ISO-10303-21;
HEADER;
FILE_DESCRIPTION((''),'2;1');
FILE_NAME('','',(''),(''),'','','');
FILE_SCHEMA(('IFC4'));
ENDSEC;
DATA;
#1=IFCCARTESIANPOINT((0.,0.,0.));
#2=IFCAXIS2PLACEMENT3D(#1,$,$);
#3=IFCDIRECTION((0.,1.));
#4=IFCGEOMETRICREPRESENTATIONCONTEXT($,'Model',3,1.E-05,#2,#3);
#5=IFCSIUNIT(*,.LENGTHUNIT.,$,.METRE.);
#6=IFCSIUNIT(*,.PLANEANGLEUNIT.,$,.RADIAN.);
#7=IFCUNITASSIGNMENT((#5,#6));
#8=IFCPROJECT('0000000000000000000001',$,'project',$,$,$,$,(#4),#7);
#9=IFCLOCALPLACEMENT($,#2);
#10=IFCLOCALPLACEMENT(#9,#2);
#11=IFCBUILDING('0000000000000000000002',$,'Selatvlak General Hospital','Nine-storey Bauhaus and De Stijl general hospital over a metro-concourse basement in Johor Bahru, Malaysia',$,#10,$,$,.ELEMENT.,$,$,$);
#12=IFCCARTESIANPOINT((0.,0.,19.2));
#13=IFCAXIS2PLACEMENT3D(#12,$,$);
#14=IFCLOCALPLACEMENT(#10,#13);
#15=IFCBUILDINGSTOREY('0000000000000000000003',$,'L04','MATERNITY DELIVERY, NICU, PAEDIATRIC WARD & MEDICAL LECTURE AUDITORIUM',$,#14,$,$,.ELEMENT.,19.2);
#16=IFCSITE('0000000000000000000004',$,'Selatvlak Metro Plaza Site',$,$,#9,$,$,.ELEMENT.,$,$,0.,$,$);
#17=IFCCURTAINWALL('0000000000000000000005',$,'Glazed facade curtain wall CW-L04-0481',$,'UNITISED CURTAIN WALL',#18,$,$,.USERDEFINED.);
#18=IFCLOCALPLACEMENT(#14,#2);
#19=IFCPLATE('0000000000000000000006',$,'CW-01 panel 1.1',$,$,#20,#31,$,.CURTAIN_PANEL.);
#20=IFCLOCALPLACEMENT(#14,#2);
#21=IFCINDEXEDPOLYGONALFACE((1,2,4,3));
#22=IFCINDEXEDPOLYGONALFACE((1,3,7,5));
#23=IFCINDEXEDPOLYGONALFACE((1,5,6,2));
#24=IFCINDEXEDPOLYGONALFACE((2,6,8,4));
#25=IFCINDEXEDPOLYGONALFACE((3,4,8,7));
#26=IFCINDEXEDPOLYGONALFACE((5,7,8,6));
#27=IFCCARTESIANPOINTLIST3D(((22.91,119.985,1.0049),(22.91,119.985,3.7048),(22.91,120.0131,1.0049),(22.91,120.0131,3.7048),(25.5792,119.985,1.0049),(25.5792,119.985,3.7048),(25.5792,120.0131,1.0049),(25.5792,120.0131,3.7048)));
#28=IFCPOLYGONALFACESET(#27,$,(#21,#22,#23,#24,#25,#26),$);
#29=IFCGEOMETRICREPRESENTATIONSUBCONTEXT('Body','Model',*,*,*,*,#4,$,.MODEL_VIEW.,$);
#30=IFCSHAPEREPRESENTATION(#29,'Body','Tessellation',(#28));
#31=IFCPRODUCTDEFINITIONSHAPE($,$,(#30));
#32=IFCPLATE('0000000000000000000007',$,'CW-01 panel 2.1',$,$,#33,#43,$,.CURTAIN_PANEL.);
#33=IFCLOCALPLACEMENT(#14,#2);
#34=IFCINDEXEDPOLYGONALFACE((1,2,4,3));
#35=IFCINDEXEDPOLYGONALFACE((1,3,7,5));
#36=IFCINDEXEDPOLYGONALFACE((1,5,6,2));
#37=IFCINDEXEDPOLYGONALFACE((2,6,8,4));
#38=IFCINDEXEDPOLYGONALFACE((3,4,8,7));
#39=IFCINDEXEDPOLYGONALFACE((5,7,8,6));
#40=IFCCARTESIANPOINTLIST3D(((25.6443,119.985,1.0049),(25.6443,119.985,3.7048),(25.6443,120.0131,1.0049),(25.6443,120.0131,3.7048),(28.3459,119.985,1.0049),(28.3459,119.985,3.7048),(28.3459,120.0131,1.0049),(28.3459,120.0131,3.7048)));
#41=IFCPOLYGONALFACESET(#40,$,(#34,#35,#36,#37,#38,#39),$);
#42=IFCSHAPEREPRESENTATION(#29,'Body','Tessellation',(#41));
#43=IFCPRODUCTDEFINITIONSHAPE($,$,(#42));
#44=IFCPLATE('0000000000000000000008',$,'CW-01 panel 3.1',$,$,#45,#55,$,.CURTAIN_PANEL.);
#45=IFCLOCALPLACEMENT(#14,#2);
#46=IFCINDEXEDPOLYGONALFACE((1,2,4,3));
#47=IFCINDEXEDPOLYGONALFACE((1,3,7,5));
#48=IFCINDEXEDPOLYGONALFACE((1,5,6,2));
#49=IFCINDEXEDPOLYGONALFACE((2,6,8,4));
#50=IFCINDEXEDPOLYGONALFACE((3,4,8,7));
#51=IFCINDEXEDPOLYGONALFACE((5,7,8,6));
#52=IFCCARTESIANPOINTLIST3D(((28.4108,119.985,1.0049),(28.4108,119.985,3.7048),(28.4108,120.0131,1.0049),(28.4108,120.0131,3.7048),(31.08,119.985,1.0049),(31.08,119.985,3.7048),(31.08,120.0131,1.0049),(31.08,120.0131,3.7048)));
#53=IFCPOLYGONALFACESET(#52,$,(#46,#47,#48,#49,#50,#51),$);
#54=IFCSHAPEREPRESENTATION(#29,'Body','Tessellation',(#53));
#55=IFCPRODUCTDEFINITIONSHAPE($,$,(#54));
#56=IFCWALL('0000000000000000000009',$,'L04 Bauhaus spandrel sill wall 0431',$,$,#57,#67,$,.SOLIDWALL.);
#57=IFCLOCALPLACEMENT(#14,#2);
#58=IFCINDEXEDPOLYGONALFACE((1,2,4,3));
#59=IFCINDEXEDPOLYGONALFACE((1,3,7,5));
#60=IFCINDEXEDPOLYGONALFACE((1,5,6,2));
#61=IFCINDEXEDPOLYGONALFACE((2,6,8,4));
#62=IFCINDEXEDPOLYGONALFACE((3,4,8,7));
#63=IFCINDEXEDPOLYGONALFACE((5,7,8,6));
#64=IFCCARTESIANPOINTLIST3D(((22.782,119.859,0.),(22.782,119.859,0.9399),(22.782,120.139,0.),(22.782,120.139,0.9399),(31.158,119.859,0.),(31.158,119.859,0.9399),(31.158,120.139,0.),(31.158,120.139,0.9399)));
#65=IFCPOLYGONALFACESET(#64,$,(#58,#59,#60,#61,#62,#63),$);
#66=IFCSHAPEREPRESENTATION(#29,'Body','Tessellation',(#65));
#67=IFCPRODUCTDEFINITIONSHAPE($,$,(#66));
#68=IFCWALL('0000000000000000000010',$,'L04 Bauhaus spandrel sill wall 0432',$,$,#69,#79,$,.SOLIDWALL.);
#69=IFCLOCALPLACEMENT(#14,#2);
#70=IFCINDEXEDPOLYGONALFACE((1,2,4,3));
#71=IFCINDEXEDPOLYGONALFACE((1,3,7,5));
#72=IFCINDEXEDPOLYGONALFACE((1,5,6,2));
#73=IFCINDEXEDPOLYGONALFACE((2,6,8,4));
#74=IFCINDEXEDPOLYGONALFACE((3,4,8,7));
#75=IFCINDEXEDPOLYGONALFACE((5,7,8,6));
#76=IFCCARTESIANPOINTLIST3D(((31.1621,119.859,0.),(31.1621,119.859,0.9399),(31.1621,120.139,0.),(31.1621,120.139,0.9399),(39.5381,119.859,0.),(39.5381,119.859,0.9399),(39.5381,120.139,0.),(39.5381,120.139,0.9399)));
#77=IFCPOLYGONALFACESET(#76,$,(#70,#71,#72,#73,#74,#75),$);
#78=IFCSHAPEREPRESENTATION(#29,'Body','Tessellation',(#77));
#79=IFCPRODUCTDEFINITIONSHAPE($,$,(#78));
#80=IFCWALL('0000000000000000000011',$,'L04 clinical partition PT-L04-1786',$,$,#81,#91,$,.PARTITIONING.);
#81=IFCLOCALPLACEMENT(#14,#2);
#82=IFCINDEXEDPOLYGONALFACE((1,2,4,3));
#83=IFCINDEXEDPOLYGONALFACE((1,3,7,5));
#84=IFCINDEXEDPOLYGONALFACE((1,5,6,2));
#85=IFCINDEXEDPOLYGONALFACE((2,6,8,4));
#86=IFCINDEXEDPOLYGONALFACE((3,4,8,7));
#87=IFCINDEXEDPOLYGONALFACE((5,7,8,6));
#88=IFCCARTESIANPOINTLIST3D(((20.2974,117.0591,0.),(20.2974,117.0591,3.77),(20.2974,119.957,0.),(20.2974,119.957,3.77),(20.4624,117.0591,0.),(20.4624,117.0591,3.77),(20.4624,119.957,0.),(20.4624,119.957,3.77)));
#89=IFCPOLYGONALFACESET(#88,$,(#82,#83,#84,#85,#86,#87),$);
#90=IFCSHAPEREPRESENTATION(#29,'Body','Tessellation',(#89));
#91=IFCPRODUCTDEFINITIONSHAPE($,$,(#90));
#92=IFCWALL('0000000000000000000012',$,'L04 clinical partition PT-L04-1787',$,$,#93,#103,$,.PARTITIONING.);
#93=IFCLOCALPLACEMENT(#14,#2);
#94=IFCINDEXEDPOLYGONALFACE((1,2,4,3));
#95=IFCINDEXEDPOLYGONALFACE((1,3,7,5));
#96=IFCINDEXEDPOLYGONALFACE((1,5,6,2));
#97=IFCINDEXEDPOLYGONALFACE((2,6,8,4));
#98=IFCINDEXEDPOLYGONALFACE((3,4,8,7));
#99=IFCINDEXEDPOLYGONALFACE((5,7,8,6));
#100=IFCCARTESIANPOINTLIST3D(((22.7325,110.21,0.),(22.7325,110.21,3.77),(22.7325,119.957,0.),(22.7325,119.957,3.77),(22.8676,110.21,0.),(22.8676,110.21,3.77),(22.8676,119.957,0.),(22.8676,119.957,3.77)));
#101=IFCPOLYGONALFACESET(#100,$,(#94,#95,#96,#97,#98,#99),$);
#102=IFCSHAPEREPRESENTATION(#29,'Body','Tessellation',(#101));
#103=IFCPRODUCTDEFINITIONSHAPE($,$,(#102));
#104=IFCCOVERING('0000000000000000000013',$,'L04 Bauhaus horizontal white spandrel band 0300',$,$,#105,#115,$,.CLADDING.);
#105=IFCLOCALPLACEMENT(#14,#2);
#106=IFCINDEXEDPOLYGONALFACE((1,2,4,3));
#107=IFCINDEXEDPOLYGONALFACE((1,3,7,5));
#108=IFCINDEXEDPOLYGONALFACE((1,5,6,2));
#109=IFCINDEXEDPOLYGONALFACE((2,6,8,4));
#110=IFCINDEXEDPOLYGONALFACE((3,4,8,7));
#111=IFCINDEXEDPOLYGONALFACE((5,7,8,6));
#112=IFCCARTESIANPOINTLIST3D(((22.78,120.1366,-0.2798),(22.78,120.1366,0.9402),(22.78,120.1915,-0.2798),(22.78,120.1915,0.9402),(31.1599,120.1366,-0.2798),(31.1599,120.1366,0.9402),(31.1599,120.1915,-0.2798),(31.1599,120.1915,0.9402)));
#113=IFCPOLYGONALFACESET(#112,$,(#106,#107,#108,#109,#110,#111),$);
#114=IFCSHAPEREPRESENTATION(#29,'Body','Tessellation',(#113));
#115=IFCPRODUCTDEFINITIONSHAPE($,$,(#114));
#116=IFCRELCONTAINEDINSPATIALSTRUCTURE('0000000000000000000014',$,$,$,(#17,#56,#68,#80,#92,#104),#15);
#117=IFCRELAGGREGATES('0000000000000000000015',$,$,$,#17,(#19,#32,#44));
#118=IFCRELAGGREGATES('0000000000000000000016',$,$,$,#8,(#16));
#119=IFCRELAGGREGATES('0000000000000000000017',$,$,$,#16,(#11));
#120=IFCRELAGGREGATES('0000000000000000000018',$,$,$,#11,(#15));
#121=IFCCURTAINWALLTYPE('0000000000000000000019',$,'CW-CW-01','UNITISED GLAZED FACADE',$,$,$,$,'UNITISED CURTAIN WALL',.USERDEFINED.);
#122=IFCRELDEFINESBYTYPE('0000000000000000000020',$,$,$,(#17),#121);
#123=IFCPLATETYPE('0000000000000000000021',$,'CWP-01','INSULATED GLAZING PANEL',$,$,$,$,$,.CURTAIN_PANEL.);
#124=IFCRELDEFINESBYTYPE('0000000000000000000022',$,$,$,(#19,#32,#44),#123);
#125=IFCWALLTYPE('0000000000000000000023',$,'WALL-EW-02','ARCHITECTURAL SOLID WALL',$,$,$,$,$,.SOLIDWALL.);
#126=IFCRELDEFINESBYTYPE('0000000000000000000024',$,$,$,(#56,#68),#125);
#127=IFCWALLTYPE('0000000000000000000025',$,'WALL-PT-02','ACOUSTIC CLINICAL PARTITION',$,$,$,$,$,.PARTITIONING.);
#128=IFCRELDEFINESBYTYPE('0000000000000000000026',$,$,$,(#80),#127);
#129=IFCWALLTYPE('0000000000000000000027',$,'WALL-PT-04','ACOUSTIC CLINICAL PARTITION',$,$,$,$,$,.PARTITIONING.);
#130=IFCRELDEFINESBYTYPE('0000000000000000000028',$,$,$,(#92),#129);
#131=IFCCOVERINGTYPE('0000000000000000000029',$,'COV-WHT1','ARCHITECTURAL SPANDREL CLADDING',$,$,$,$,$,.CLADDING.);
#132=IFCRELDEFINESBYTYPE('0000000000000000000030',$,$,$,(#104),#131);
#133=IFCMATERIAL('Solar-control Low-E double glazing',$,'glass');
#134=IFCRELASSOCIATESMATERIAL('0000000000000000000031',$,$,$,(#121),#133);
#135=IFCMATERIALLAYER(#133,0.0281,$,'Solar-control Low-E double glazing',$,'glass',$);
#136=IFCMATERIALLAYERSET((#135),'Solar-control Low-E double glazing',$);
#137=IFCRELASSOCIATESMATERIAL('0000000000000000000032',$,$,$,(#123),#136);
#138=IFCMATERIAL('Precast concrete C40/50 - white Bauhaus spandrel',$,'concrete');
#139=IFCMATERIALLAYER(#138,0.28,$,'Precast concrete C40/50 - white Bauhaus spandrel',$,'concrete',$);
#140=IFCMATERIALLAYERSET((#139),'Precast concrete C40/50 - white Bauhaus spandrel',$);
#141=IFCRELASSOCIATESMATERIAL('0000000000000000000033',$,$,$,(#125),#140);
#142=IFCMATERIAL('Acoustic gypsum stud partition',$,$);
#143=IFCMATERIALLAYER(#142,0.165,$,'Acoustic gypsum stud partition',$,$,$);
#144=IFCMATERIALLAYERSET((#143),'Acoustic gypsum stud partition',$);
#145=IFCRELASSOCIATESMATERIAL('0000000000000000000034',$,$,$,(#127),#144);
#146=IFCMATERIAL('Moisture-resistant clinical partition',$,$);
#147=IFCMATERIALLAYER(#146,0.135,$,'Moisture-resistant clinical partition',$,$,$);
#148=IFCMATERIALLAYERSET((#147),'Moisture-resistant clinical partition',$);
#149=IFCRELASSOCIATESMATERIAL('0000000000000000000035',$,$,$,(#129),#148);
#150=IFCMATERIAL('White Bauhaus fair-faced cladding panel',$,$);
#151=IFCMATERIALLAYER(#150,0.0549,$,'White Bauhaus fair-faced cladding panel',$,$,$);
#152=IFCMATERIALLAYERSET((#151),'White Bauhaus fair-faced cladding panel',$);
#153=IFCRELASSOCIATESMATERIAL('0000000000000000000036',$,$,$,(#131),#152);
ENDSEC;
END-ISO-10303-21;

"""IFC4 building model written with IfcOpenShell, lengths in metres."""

from ifc_helpers import new_model, si_unit, direction, frame, frame_2d, origin, origin_2d, place, context, subcontext, project, spatial, rectangle, extrude, material, layer, layer_set, type_object, element, aggregate, save


model = new_model("IFC4")

# Units and contexts
model_context = context("Model", 3, precision=1e-05, world=origin(), true_north=direction((0.0, 1.0)))
body_context = subcontext(model_context, "Body", "Model", "MODEL_VIEW")
ifc_project = project(units=[si_unit("LENGTHUNIT", "METRE"), si_unit("PLANEANGLEUNIT", "RADIAN")], contexts=[model_context])

# Site, building, storey
site_placement = place(None, origin())
site = spatial("IfcSite", under=ifc_project, at=site_placement, Name="Selatvlak Metro Plaza Site", CompositionType="ELEMENT", RefElevation=0.0)
building_placement = place(site_placement, origin())
building = spatial("IfcBuilding", under=site, at=building_placement, Name="Selatvlak General Hospital", Description="Nine-storey Bauhaus and De Stijl general hospital over a metro-concourse basement in Johor Bahru, Malaysia", CompositionType="ELEMENT")
storey_placement = place(building_placement, frame((0.0, 0.0, 19.2)))
storey = spatial("IfcBuildingStorey", under=building, at=storey_placement, Name="L04", Description="MATERNITY DELIVERY, NICU, PAEDIATRIC WARD & MEDICAL LECTURE AUDITORIUM", CompositionType="ELEMENT", Elevation=19.2)

# Shared definitions
ifc_material_1 = material(Name="Solar-control Low-E double glazing", Category="glass")

# Curtain wall
curtain_wall_type_1 = type_object("IfcCurtainWallType", Name="CW-CW-01", Description="UNITISED GLAZED FACADE", ElementType="UNITISED CURTAIN WALL", PredefinedType="USERDEFINED", material=ifc_material_1)
curtain_wall_1_placement = place(storey_placement, origin())
curtain_wall_1 = element("IfcCurtainWall", 1, at=curtain_wall_1_placement, inside=storey, type_object=curtain_wall_type_1, Name="Glazed facade curtain wall CW-L04-0481", ObjectType="UNITISED CURTAIN WALL", PredefinedType="USERDEFINED")

# Plates
ifc_layer_1 = layer(ifc_material_1, 0.0281, Name="Solar-control Low-E double glazing", Category="glass")
ifc_layer_set_1 = layer_set([ifc_layer_1], Name="Solar-control Low-E double glazing")
plate_type = type_object("IfcPlateType", Name="CWP-01", Description="INSULATED GLAZING PANEL", PredefinedType="CURTAIN_PANEL", material=ifc_layer_set_1)
plate_1_placement = place(storey_placement, frame((24.2446, 119.999, 1.0049), z_axis=(0.0, 0.0, 1.0), x_axis=(1.0, 0.0, 0.0)))
plate_1 = element("IfcPlate", 2, at=plate_1_placement, type_object=plate_type, Name="CW-01 panel 1.1", PredefinedType="CURTAIN_PANEL", context=body_context, shape_type="SweptSolid", body=[
    extrude(rectangle(XDim=2.6692, YDim=0.0281, at=origin_2d()), origin(), (0.0, 0.0, 1.0), 2.7),
])
plate_2_placement = place(storey_placement, frame((26.9951, 119.999, 1.0049), z_axis=(0.0, 0.0, 1.0), x_axis=(1.0, 0.0, 0.0)))
plate_2 = element("IfcPlate", 3, at=plate_2_placement, type_object=plate_type, Name="CW-01 panel 2.1", PredefinedType="CURTAIN_PANEL", context=body_context, shape_type="SweptSolid", body=[
    extrude(rectangle(XDim=2.7017, YDim=0.0281, at=origin_2d()), origin(), (0.0, 0.0, 1.0), 2.7),
])
plate_3_placement = place(storey_placement, frame((29.7454, 119.999, 1.0049), z_axis=(0.0, 0.0, 1.0), x_axis=(1.0, 0.0, 0.0)))
plate_3 = element("IfcPlate", 4, at=plate_3_placement, type_object=plate_type, Name="CW-01 panel 3.1", PredefinedType="CURTAIN_PANEL", context=body_context, shape_type="SweptSolid", body=[
    extrude(rectangle(XDim=2.6692, YDim=0.0281, at=origin_2d()), origin(), (0.0, 0.0, 1.0), 2.7),
])
aggregate(curtain_wall_1, [plate_1, plate_2, plate_3])

# Walls
ifc_material_2 = material(Name="Precast concrete C40/50 - white Bauhaus spandrel", Category="concrete")
ifc_layer_2 = layer(ifc_material_2, 0.28, Name="Precast concrete C40/50 - white Bauhaus spandrel", Category="concrete")
ifc_layer_set_2 = layer_set([ifc_layer_2], Name="Precast concrete C40/50 - white Bauhaus spandrel")
wall_type_1 = type_object("IfcWallType", Name="WALL-EW-02", Description="ARCHITECTURAL SOLID WALL", PredefinedType="SOLIDWALL", material=ifc_layer_set_2)
for number, where, z_axis, x_axis, name in (
    (5, (22.782, 119.999, 0.0), (0.0, 0.0, 1.0), (1.0, 0.0, 0.0), "L04 Bauhaus spandrel sill wall 0431"),
    (6, (31.1621, 119.999, 0.0), (0.0, 0.0, 1.0), (1.0, 0.0, 0.0), "L04 Bauhaus spandrel sill wall 0432"),
):
    element("IfcWall", number, at=place(storey_placement, frame(where, z_axis=z_axis, x_axis=x_axis)), inside=storey, type_object=wall_type_1, Name=name, PredefinedType="SOLIDWALL", context=body_context, shape_type="SweptSolid", body=[
        extrude(rectangle(XDim=8.376, YDim=0.28, at=frame_2d((4.188, 0.0))), origin(), (0.0, 0.0, 1.0), 0.9399),
    ])
ifc_material_3 = material(Name="Acoustic gypsum stud partition")
ifc_layer_3 = layer(ifc_material_3, 0.165, Name="Acoustic gypsum stud partition")
ifc_layer_set_3 = layer_set([ifc_layer_3], Name="Acoustic gypsum stud partition")
wall_type_2 = type_object("IfcWallType", Name="WALL-PT-02", Description="ACOUSTIC CLINICAL PARTITION", PredefinedType="PARTITIONING", material=ifc_layer_set_3)
wall_1_placement = place(storey_placement, frame((20.3799, 117.0591, 0.0), z_axis=(0.0, 0.0, 1.0), x_axis=(0.0, 1.0, 0.0)))
element("IfcWall", 7, at=wall_1_placement, inside=storey, type_object=wall_type_2, Name="L04 clinical partition PT-L04-1786", PredefinedType="PARTITIONING", context=body_context, shape_type="SweptSolid", body=[
    extrude(rectangle(XDim=2.8979, YDim=0.165, at=frame_2d((1.449, 0.0))), origin(), (0.0, 0.0, 1.0), 3.77),
])
ifc_material_4 = material(Name="Moisture-resistant clinical partition")
ifc_layer_4 = layer(ifc_material_4, 0.135, Name="Moisture-resistant clinical partition")
ifc_layer_set_4 = layer_set([ifc_layer_4], Name="Moisture-resistant clinical partition")
wall_type_3 = type_object("IfcWallType", Name="WALL-PT-04", Description="ACOUSTIC CLINICAL PARTITION", PredefinedType="PARTITIONING", material=ifc_layer_set_4)
wall_2_placement = place(storey_placement, frame((22.8, 119.957, 0.0), z_axis=(0.0, 0.0, 1.0), x_axis=(0.0, -1.0, 0.0)))
element("IfcWall", 8, at=wall_2_placement, inside=storey, type_object=wall_type_3, Name="L04 clinical partition PT-L04-1787", PredefinedType="PARTITIONING", context=body_context, shape_type="SweptSolid", body=[
    extrude(rectangle(XDim=9.7471, YDim=0.135, at=frame_2d((4.8735, 0.0))), origin(), (0.0, 0.0, 1.0), 3.77),
])

# Covering
ifc_material_5 = material(Name="White Bauhaus fair-faced cladding panel")
ifc_layer_5 = layer(ifc_material_5, 0.0549, Name="White Bauhaus fair-faced cladding panel")
ifc_layer_set_5 = layer_set([ifc_layer_5], Name="White Bauhaus fair-faced cladding panel")
covering_type = type_object("IfcCoveringType", Name="COV-WHT1", Description="ARCHITECTURAL SPANDREL CLADDING", PredefinedType="CLADDING", material=ifc_layer_set_5)
covering_placement = place(storey_placement, frame((26.97, 120.1641, -0.2798), z_axis=(0.0, 0.0, 1.0), x_axis=(1.0, 0.0, 0.0)))
element("IfcCovering", 9, at=covering_placement, inside=storey, type_object=covering_type, Name="L04 Bauhaus horizontal white spandrel band 0300", PredefinedType="CLADDING", context=body_context, shape_type="SweptSolid", body=[
    extrude(rectangle(XDim=8.3799, YDim=0.0549, at=origin_2d()), origin(), (0.0, 0.0, 1.0), 1.22),
])

save(model, "model.ifc")
